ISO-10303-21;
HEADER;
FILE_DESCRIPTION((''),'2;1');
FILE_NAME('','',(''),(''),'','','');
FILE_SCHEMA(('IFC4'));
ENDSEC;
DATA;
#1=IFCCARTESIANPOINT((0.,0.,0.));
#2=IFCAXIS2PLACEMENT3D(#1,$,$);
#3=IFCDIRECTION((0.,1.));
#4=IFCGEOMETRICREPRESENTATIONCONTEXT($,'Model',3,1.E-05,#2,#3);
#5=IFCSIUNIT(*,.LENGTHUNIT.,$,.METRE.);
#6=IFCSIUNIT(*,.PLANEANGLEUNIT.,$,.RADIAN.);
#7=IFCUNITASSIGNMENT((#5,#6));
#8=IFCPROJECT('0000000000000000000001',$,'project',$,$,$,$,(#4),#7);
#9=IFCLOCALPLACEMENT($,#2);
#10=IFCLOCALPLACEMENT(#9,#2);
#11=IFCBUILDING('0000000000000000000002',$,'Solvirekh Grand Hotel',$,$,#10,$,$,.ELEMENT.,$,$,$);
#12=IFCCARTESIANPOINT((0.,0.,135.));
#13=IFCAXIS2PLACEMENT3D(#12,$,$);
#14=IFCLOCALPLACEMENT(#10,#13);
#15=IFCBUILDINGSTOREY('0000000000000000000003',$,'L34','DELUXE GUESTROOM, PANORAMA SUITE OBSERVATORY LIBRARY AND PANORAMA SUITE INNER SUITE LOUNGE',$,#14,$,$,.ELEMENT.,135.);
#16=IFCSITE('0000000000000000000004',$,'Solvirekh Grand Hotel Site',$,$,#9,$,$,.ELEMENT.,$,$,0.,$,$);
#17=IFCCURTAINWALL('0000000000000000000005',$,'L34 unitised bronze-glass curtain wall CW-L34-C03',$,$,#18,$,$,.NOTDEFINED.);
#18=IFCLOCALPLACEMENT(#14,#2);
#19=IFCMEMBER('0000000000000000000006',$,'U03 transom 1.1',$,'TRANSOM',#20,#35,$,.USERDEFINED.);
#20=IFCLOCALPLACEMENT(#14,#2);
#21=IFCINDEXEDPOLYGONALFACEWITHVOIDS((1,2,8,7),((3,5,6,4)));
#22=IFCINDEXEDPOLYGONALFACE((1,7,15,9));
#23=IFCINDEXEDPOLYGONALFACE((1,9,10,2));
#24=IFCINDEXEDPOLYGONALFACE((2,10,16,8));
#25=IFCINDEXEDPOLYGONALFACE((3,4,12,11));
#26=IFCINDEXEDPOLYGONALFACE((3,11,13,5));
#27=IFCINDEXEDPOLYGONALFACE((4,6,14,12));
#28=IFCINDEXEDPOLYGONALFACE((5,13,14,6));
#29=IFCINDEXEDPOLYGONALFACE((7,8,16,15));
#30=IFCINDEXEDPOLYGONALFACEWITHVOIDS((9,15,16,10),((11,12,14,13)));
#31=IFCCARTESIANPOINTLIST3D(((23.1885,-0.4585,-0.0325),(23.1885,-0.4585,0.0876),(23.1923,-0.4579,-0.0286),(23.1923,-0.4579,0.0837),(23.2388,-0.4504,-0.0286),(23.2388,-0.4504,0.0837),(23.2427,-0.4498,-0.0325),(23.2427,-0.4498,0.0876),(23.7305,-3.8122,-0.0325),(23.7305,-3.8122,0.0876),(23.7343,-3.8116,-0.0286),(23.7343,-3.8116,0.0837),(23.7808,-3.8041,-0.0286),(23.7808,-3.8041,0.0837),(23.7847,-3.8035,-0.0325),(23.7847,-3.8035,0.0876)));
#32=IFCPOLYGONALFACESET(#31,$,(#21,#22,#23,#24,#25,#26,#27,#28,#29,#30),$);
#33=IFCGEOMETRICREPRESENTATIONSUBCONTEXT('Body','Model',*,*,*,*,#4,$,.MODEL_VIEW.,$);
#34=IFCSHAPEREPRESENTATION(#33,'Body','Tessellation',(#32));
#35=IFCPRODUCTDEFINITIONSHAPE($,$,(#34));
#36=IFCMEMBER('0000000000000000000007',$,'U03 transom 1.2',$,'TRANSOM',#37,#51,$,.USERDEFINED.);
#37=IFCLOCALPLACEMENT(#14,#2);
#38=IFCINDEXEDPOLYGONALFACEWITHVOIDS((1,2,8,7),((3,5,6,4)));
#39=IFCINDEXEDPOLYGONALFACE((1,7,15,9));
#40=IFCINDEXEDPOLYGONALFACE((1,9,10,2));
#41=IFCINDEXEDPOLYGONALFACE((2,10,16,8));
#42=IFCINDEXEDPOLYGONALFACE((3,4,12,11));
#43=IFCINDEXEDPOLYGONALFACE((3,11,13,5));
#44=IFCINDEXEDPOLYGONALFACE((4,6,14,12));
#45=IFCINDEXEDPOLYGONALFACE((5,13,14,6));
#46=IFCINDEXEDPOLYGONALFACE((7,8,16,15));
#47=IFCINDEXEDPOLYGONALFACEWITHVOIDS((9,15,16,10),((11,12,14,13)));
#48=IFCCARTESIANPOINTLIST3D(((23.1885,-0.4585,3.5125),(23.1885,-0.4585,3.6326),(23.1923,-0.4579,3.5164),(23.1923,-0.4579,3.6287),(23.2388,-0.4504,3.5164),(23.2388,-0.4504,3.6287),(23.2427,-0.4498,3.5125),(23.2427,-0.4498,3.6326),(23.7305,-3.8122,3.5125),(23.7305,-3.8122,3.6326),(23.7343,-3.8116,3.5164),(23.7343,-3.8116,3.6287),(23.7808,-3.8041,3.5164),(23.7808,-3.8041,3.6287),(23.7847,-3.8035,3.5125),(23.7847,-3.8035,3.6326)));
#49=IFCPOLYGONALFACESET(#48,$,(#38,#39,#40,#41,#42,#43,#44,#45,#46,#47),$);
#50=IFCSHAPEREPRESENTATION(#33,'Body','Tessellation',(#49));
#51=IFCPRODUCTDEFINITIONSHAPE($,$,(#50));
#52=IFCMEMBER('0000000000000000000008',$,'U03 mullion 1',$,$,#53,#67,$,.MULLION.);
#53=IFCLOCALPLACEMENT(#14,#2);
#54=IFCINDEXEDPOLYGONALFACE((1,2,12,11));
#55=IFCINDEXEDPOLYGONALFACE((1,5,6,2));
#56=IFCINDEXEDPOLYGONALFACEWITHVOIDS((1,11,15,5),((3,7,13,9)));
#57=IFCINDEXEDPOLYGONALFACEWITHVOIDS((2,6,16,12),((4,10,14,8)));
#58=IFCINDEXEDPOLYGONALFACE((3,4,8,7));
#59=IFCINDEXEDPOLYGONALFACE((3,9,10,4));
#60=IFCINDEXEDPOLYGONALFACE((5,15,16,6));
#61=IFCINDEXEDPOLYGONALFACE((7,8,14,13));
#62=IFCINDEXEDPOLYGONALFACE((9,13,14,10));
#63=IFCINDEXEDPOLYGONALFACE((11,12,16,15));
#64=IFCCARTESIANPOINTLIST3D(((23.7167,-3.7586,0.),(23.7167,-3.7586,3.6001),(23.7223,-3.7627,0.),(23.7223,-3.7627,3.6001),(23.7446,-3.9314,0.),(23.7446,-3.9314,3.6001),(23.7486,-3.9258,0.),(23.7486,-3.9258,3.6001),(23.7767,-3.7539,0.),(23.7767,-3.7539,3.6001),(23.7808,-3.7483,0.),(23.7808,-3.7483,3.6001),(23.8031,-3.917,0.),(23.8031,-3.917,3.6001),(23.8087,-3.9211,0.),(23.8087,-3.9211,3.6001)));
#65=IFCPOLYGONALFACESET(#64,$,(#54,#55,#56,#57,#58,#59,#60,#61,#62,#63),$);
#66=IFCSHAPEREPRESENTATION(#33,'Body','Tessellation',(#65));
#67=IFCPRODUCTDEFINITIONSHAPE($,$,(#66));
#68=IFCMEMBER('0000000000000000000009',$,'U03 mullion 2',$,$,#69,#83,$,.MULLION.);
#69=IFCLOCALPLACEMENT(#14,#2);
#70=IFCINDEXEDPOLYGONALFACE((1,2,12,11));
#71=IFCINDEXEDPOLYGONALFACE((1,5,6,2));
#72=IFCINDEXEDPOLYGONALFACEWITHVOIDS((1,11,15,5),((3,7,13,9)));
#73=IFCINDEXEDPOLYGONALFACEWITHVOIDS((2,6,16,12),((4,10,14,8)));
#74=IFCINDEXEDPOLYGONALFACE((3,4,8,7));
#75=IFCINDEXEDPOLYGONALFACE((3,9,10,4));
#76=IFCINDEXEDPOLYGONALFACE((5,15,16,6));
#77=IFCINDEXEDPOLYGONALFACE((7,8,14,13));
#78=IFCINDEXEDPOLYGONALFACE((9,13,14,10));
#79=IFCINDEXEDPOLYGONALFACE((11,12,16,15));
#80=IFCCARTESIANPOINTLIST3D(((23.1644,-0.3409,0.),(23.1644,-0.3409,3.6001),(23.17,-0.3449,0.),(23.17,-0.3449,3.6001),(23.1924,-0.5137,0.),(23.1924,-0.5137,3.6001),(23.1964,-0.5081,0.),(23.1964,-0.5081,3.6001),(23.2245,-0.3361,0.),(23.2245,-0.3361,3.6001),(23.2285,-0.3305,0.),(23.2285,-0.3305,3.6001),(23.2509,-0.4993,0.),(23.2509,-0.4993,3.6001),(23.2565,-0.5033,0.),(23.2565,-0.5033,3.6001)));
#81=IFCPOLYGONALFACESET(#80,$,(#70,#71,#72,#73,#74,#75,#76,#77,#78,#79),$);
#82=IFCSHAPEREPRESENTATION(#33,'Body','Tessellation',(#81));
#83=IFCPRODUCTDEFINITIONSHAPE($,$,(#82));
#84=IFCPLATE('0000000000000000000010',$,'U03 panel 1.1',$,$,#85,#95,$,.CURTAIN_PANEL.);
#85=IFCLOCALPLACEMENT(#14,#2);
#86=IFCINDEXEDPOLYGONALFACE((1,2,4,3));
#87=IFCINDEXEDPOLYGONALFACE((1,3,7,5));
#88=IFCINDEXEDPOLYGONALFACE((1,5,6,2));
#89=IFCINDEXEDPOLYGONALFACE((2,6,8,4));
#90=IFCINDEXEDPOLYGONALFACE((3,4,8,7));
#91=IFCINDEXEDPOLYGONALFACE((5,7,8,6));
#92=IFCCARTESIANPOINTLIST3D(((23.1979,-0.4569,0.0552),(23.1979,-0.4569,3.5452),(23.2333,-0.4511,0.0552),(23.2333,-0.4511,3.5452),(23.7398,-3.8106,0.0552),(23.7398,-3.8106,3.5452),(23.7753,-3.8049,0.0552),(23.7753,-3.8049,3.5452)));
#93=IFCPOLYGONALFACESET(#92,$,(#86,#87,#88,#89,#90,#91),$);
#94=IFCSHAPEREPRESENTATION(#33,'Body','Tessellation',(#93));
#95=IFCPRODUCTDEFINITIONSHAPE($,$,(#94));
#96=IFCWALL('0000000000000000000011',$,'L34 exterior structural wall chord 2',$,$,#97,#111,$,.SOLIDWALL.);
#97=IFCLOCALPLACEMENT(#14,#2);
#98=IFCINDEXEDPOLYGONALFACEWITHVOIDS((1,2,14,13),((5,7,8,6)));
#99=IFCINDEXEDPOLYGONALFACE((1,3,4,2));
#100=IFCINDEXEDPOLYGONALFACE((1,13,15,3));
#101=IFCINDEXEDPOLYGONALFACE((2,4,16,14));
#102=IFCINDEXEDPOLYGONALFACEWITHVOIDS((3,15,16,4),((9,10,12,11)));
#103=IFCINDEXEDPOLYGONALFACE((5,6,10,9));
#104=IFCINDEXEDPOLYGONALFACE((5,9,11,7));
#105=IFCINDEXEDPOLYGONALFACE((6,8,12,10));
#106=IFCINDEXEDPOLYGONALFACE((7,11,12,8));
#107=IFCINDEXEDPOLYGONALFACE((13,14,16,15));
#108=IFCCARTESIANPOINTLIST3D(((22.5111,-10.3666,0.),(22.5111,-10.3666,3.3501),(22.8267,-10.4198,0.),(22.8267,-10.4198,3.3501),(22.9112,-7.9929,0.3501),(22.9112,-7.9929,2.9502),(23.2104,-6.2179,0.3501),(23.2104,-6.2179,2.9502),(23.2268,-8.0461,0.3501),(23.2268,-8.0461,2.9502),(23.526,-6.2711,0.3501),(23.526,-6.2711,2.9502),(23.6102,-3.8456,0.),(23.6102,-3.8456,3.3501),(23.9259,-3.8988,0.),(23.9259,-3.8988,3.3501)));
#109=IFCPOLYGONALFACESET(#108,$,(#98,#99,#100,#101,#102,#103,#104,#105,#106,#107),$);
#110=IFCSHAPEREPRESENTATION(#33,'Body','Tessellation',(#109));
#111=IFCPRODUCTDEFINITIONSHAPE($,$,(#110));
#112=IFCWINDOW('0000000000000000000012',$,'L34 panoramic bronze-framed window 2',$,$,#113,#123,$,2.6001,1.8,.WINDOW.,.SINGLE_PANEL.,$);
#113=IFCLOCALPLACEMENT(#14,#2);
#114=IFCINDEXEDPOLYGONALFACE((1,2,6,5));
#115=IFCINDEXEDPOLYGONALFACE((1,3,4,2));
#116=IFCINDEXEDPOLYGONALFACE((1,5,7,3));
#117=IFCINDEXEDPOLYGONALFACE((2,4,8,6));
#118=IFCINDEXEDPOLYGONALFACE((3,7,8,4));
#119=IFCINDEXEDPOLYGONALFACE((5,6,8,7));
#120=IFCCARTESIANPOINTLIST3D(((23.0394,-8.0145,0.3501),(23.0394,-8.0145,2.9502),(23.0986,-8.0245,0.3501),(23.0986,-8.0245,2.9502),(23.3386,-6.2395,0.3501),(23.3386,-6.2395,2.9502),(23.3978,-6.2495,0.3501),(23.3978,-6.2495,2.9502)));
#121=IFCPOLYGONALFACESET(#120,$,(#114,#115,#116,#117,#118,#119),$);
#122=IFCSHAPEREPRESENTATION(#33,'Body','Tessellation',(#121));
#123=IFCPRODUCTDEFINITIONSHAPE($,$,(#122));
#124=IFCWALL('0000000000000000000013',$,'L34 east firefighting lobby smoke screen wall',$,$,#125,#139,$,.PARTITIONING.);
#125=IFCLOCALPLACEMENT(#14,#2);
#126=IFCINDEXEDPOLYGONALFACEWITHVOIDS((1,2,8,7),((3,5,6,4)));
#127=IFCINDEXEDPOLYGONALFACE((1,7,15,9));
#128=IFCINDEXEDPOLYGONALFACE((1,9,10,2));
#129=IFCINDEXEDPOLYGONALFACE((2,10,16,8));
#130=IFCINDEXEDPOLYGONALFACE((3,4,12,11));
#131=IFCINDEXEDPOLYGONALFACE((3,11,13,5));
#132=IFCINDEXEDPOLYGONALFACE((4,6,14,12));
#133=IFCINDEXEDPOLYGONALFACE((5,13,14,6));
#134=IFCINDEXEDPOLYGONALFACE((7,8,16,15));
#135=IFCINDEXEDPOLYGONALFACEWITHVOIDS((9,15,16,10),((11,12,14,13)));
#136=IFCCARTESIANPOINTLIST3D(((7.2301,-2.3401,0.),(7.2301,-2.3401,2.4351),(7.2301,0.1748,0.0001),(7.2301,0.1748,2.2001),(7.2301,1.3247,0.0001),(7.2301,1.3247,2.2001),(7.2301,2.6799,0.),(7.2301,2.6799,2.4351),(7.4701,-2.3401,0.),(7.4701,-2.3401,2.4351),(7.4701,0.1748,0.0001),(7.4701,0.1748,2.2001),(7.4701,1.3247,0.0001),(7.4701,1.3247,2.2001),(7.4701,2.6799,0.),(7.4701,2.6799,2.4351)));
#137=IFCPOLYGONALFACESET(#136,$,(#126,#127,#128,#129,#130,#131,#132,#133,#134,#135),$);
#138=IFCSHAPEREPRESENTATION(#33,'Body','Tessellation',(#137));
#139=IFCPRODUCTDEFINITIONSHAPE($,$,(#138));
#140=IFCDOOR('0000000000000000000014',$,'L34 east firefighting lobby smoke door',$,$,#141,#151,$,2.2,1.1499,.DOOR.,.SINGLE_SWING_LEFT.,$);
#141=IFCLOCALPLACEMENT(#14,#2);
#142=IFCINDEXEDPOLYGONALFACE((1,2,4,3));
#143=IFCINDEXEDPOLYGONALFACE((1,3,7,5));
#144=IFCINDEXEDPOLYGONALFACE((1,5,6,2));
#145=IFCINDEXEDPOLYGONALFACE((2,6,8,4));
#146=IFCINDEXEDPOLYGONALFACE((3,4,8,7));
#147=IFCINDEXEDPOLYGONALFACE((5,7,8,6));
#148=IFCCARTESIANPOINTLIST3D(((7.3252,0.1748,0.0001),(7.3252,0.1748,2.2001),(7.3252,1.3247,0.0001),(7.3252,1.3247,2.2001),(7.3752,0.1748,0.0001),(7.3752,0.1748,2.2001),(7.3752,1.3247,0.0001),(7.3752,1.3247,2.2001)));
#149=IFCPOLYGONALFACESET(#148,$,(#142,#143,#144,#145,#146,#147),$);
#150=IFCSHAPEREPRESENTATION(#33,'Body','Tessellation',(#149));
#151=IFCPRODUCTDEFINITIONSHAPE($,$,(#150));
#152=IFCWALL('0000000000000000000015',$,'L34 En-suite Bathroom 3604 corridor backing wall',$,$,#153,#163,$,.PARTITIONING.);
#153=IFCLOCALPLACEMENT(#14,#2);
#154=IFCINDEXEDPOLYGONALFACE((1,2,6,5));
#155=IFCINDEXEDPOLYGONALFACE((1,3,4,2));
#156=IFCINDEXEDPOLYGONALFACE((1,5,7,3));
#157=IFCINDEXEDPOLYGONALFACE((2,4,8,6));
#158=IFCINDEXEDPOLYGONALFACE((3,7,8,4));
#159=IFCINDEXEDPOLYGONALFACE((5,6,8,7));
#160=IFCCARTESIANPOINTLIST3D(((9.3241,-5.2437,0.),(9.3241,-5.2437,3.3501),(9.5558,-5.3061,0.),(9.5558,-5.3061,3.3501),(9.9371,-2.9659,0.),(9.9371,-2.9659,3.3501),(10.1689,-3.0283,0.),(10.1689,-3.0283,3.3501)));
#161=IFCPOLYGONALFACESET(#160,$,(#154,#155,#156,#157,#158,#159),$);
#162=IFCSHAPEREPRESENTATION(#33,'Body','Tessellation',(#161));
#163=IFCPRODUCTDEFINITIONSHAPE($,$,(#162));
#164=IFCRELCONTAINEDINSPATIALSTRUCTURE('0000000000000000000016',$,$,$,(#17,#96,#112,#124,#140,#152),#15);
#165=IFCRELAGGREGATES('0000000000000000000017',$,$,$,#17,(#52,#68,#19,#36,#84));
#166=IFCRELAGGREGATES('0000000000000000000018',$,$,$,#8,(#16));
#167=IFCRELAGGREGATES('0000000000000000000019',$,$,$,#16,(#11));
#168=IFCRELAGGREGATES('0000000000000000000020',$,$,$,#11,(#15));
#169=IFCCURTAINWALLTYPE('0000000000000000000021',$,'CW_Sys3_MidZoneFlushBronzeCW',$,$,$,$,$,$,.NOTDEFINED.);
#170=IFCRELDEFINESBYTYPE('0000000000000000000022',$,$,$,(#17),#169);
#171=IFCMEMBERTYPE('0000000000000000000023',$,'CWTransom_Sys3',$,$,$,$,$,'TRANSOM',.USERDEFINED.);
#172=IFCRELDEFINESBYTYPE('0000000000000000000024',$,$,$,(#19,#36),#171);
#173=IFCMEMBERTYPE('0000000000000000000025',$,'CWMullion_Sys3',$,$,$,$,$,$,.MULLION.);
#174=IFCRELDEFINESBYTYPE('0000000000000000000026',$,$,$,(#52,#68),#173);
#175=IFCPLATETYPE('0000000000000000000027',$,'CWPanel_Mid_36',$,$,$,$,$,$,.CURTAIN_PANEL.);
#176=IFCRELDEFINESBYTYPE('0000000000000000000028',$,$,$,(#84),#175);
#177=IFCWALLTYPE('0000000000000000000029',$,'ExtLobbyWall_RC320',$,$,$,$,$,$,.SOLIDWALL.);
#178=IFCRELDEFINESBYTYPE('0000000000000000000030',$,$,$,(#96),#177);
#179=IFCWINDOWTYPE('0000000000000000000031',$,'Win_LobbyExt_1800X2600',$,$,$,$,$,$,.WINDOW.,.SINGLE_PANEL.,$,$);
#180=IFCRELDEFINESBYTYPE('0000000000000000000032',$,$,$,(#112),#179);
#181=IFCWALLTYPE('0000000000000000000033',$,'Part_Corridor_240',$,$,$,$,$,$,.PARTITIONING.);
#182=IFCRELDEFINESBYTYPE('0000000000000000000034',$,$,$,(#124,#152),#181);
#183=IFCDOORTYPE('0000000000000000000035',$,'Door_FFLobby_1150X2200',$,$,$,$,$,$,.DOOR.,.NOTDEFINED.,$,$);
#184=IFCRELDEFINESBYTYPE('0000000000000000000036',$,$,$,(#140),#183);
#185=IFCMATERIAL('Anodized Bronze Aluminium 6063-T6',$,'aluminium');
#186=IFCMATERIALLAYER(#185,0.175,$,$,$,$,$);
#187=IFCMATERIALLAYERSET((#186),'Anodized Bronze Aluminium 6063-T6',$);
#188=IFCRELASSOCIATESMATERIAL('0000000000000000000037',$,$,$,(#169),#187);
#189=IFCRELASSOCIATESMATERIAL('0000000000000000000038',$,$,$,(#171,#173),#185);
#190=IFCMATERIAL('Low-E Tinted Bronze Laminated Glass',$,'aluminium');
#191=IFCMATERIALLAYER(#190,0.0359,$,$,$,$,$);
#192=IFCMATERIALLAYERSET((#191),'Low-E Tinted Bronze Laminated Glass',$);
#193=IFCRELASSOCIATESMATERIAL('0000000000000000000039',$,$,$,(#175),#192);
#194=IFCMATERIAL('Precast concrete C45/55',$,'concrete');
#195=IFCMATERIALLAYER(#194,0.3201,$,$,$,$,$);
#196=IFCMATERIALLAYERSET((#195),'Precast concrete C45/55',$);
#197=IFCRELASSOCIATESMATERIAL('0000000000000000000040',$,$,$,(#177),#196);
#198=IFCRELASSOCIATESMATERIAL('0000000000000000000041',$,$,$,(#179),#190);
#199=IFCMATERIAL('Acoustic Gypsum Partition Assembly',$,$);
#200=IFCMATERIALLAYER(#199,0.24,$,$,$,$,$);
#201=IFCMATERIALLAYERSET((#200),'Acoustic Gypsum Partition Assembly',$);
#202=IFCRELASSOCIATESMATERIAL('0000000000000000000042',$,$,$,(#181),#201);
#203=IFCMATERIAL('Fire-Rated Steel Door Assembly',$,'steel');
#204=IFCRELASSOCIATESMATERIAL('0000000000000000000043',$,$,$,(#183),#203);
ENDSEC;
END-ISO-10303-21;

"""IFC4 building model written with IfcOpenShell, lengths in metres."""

from ifc_helpers import new_model, si_unit, direction, frame, frame_2d, origin, origin_2d, place, context, subcontext, project, spatial, rectangle, hollow_rectangle, extrude, source, transform, mapped, material, layer, layer_set, material_profile, profile_set, type_object, element, fill, aggregate, save


model = new_model("IFC4")

# Units and contexts
model_context = context("Model", 3, precision=1e-05, world=origin(), true_north=direction((0.0, 1.0)))
body_context = subcontext(model_context, "Body", "Model", "MODEL_VIEW")
ifc_project = project(units=[si_unit("LENGTHUNIT", "METRE"), si_unit("PLANEANGLEUNIT", "RADIAN")], contexts=[model_context])

# Site, building, storey
site_placement = place(None, origin())
site = spatial("IfcSite", under=ifc_project, at=site_placement, Name="Solvirekh Grand Hotel Site", CompositionType="ELEMENT", RefElevation=0.0)
building_placement = place(site_placement, origin())
building = spatial("IfcBuilding", under=site, at=building_placement, Name="Solvirekh Grand Hotel", CompositionType="ELEMENT")
storey_placement = place(building_placement, frame((0.0, 0.0, 135.0)))
storey = spatial("IfcBuildingStorey", under=building, at=storey_placement, Name="L34", Description="DELUXE GUESTROOM, PANORAMA SUITE OBSERVATORY LIBRARY AND PANORAMA SUITE INNER SUITE LOUNGE", CompositionType="ELEMENT", Elevation=135.0)

# Curtain wall, members, plate
ifc_material_1 = material(Name="Anodized Bronze Aluminium 6063-T6", Category="aluminium")
ifc_layer_1 = layer(ifc_material_1, 0.175)
ifc_layer_set_1 = layer_set([ifc_layer_1], Name="Anodized Bronze Aluminium 6063-T6")
curtain_wall_type = type_object("IfcCurtainWallType", Name="CW_Sys3_MidZoneFlushBronzeCW", PredefinedType="NOTDEFINED", material=ifc_layer_set_1)
curtain_wall_placement = place(storey_placement, origin())
curtain_wall = element("IfcCurtainWall", 1, at=curtain_wall_placement, inside=storey, type_object=curtain_wall_type, Name="L34 unitised bronze-glass curtain wall CW-L34-C03", PredefinedType="NOTDEFINED")
ifc_material_profile_1 = material_profile(ifc_material_1, hollow_rectangle(XDim=0.0549, YDim=0.1201, WallThickness=0.0039, at=origin_2d()), Name="ALU RHS 120X55X4")
ifc_profile_set_1 = profile_set([ifc_material_profile_1], Name="Anodized Bronze Aluminium 6063-T6")
member_type_1 = type_object("IfcMemberType", Name="CWTransom_Sys3", ElementType="TRANSOM", PredefinedType="USERDEFINED", material=ifc_profile_set_1)
shared_shape_1 = source(origin(), body_context, "Body", "SweptSolid", [
    extrude(hollow_rectangle(XDim=0.0549, YDim=0.1201, WallThickness=0.0039, at=origin_2d()), origin(), (0.0, 0.0, 1.0), 3.3972),
])
member_1_placement = place(storey_placement, frame((23.7576, -3.8079, 0.0276), z_axis=(-0.159537, 0.987192, 0.0), x_axis=(-0.987192, -0.159537, 0.0)))
member_1 = element("IfcMember", 2, at=member_1_placement, type_object=member_type_1, Name="U03 transom 1.1", ObjectType="TRANSOM", PredefinedType="USERDEFINED", context=body_context, shape_type="MappedRepresentation", body=[
    mapped(shared_shape_1, transform((0.0, 0.0, 0.0), x_axis=(1.0, 0.0, 0.0), y_axis=(0.0, 1.0, 0.0), z_axis=(0.0, 0.0, 1.0), scale=1.0)),
])
member_2_placement = place(storey_placement, frame((23.7576, -3.8079, 3.5725), z_axis=(-0.159537, 0.987192, 0.0), x_axis=(-0.987192, -0.159537, 0.0)))
member_2 = element("IfcMember", 3, at=member_2_placement, type_object=member_type_1, Name="U03 transom 1.2", ObjectType="TRANSOM", PredefinedType="USERDEFINED", context=body_context, shape_type="MappedRepresentation", body=[
    mapped(shared_shape_1, transform((0.0, 0.0, 0.0), x_axis=(1.0, 0.0, 0.0), y_axis=(0.0, 1.0, 0.0), z_axis=(0.0, 0.0, 1.0), scale=1.0)),
])
ifc_material_profile_2 = material_profile(ifc_material_1, hollow_rectangle(XDim=0.0649, YDim=0.175, WallThickness=0.0049, at=origin_2d()), Name="ALU RHS 175X65X5")
ifc_profile_set_2 = profile_set([ifc_material_profile_2], Name="Anodized Bronze Aluminium 6063-T6")
member_type_2 = type_object("IfcMemberType", Name="CWMullion_Sys3", PredefinedType="MULLION", material=ifc_profile_set_2)
shared_shape_2 = source(origin(), body_context, "Body", "SweptSolid", [
    extrude(hollow_rectangle(XDim=0.0649, YDim=0.175, WallThickness=0.0049, at=origin_2d()), origin(), (0.0, 0.0, 1.0), 3.6001),
])
member_3_placement = place(storey_placement, frame((23.7627, -3.8398, 0.0), z_axis=(0.0, 0.0, 1.0), x_axis=(-0.987194, -0.159525, 0.0)))
member_3 = element("IfcMember", 4, at=member_3_placement, type_object=member_type_2, Name="U03 mullion 1", PredefinedType="MULLION", context=body_context, shape_type="MappedRepresentation", body=[
    mapped(shared_shape_2, transform((0.0, 0.0, 0.0), x_axis=(1.0, 0.0, 0.0), y_axis=(0.0, 1.0, 0.0), z_axis=(0.0, 0.0, 1.0), scale=1.0)),
])
member_4_placement = place(storey_placement, frame((23.2104, -0.4221, 0.0), z_axis=(0.0, 0.0, 1.0), x_axis=(-0.987194, -0.159525, 0.0)))
member_4 = element("IfcMember", 5, at=member_4_placement, type_object=member_type_2, Name="U03 mullion 2", PredefinedType="MULLION", context=body_context, shape_type="MappedRepresentation", body=[
    mapped(shared_shape_2, transform((0.0, 0.0, 0.0), x_axis=(1.0, 0.0, 0.0), y_axis=(0.0, 1.0, 0.0), z_axis=(0.0, 0.0, 1.0), scale=1.0)),
])
ifc_material_2 = material(Name="Low-E Tinted Bronze Laminated Glass", Category="aluminium")
ifc_layer_2 = layer(ifc_material_2, 0.0359)
ifc_layer_set_2 = layer_set([ifc_layer_2], Name="Low-E Tinted Bronze Laminated Glass")
plate_type = type_object("IfcPlateType", Name="CWPanel_Mid_36", PredefinedType="CURTAIN_PANEL", material=ifc_layer_set_2)
shared_shape_3 = source(origin(), body_context, "Body", "SweptSolid", [
    extrude(rectangle(XDim=3.3972, YDim=0.0359, at=origin_2d()), origin(), (0.0, 0.0, 1.0), 3.49),
])
plate_placement = place(storey_placement, frame((23.4866, -2.1309, 0.0552), z_axis=(0.0, 0.0, 1.0), x_axis=(-0.159525, 0.987194, 0.0)))
plate = element("IfcPlate", 6, at=plate_placement, type_object=plate_type, Name="U03 panel 1.1", PredefinedType="CURTAIN_PANEL", context=body_context, shape_type="MappedRepresentation", body=[
    mapped(shared_shape_3, transform((0.0, 0.0, 0.0), x_axis=(1.0, 0.0, 0.0), y_axis=(0.0, 1.0, 0.0), z_axis=(0.0, 0.0, 1.0), scale=1.0)),
])
aggregate(curtain_wall, [member_3, member_4, member_1, member_2, plate])

# Wall, opening, window
ifc_material_3 = material(Name="Precast concrete C45/55", Category="concrete")
ifc_layer_3 = layer(ifc_material_3, 0.3201)
ifc_layer_set_3 = layer_set([ifc_layer_3], Name="Precast concrete C45/55")
wall_type_1 = type_object("IfcWallType", Name="ExtLobbyWall_RC320", PredefinedType="SOLIDWALL", material=ifc_layer_set_3)
wall_1_placement = place(storey_placement, frame((23.7681, -3.8721, 0.0), z_axis=(0.0, 0.0, 1.0), x_axis=(-0.166207, -0.986091, 0.0)))
wall_1 = element("IfcWall", 7, at=wall_1_placement, inside=storey, type_object=wall_type_1, Name="L34 exterior structural wall chord 2", PredefinedType="SOLIDWALL", context=body_context, shape_type="SweptSolid", body=[
    extrude(rectangle(XDim=6.613, YDim=0.3201, at=frame_2d((3.3066, 0.0))), origin(), (0.0, 0.0, 1.0), 3.3501),
])
opening_1_placement = place(wall_1_placement, frame((2.406, 0.0, 0.3501)))
opening_1 = element("IfcOpeningElement", 8, at=opening_1_placement, cuts=wall_1, PredefinedType="OPENING", context=body_context, shape_type="SweptSolid", body=[
    extrude(rectangle(XDim=1.8, YDim=2.6001, at=frame_2d((0.8999, 1.3))), frame((0.0, 0.1699, 0.0), z_axis=(0.0, -1.0, 0.0), x_axis=(1.0, 0.0, 0.0)), (0.0, 0.0, 1.0), 0.3401),
])
window_type = type_object("IfcWindowType", Name="Win_LobbyExt_1800X2600", PartitioningType="SINGLE_PANEL", PredefinedType="WINDOW", material=ifc_material_2)
window_placement = place(opening_1_placement, origin())
window = element("IfcWindow", 9, at=window_placement, inside=storey, type_object=window_type, Name="L34 panoramic bronze-framed window 2", OverallHeight=2.6001, OverallWidth=1.8, PartitioningType="SINGLE_PANEL", PredefinedType="WINDOW", context=body_context, shape_type="SweptSolid", body=[
    extrude(rectangle(XDim=1.8, YDim=2.6001, at=frame_2d((0.8999, 1.3))), frame((0.0, 0.03, 0.0), z_axis=(0.0, -1.0, 0.0), x_axis=(1.0, 0.0, 0.0)), (0.0, 0.0, 1.0), 0.0601),
])
fill(opening_1, window)

# Wall, opening, door
ifc_material_4 = material(Name="Acoustic Gypsum Partition Assembly")
ifc_layer_4 = layer(ifc_material_4, 0.24)
ifc_layer_set_4 = layer_set([ifc_layer_4], Name="Acoustic Gypsum Partition Assembly")
wall_type_2 = type_object("IfcWallType", Name="Part_Corridor_240", PredefinedType="PARTITIONING", material=ifc_layer_set_4)
wall_2_placement = place(storey_placement, frame((7.3501, -2.3401, 0.0), z_axis=(0.0, 0.0, 1.0), x_axis=(0.0, 1.0, 0.0)))
wall_2 = element("IfcWall", 10, at=wall_2_placement, inside=storey, type_object=wall_type_2, Name="L34 east firefighting lobby smoke screen wall", PredefinedType="PARTITIONING", context=body_context, shape_type="SweptSolid", body=[
    extrude(rectangle(XDim=5.02, YDim=0.24, at=frame_2d((2.51, 0.0))), origin(), (0.0, 0.0, 1.0), 2.4351),
])
opening_2_placement = place(wall_2_placement, frame((2.5149, 0.0, 0.0)))
opening_2 = element("IfcOpeningElement", 11, at=opening_2_placement, cuts=wall_2, PredefinedType="OPENING", context=body_context, shape_type="SweptSolid", body=[
    extrude(rectangle(XDim=1.1499, YDim=2.2, at=frame_2d((0.575, 1.1001))), frame((0.0, 0.1299, 0.0), z_axis=(0.0, -1.0, 0.0), x_axis=(1.0, 0.0, 0.0)), (0.0, 0.0, 1.0), 0.26),
])
ifc_material_5 = material(Name="Fire-Rated Steel Door Assembly", Category="steel")
door_type_1 = type_object("IfcDoorType", Name="Door_FFLobby_1150X2200", OperationType="NOTDEFINED", PredefinedType="DOOR", material=ifc_material_5)
door_1_placement = place(opening_2_placement, origin())
door_1 = element("IfcDoor", 12, at=door_1_placement, inside=storey, type_object=door_type_1, Name="L34 east firefighting lobby smoke door", OperationType="SINGLE_SWING_LEFT", OverallHeight=2.2, OverallWidth=1.1499, PredefinedType="DOOR", context=body_context, shape_type="SweptSolid", body=[
    extrude(rectangle(XDim=1.1499, YDim=2.2, at=frame_2d((0.575, 1.1001))), frame((0.0, 0.0249, 0.0), z_axis=(0.0, -1.0, 0.0), x_axis=(1.0, 0.0, 0.0)), (0.0, 0.0, 1.0), 0.05),
])
fill(opening_2, door_1)

# Wall
wall_3_placement = place(storey_placement, frame((9.4399, -5.2749, 0.0), z_axis=(0.0, 0.0, 1.0), x_axis=(0.259884, 0.96564, 0.0)))
element("IfcWall", 13, at=wall_3_placement, inside=storey, type_object=wall_type_2, Name="L34 En-suite Bathroom 3604 corridor backing wall", PredefinedType="PARTITIONING", context=body_context, shape_type="SweptSolid", body=[
    extrude(rectangle(XDim=2.3589, YDim=0.24, at=frame_2d((1.1794, 0.0))), origin(), (0.0, 0.0, 1.0), 3.3501),
])

save(model, "model.ifc")
